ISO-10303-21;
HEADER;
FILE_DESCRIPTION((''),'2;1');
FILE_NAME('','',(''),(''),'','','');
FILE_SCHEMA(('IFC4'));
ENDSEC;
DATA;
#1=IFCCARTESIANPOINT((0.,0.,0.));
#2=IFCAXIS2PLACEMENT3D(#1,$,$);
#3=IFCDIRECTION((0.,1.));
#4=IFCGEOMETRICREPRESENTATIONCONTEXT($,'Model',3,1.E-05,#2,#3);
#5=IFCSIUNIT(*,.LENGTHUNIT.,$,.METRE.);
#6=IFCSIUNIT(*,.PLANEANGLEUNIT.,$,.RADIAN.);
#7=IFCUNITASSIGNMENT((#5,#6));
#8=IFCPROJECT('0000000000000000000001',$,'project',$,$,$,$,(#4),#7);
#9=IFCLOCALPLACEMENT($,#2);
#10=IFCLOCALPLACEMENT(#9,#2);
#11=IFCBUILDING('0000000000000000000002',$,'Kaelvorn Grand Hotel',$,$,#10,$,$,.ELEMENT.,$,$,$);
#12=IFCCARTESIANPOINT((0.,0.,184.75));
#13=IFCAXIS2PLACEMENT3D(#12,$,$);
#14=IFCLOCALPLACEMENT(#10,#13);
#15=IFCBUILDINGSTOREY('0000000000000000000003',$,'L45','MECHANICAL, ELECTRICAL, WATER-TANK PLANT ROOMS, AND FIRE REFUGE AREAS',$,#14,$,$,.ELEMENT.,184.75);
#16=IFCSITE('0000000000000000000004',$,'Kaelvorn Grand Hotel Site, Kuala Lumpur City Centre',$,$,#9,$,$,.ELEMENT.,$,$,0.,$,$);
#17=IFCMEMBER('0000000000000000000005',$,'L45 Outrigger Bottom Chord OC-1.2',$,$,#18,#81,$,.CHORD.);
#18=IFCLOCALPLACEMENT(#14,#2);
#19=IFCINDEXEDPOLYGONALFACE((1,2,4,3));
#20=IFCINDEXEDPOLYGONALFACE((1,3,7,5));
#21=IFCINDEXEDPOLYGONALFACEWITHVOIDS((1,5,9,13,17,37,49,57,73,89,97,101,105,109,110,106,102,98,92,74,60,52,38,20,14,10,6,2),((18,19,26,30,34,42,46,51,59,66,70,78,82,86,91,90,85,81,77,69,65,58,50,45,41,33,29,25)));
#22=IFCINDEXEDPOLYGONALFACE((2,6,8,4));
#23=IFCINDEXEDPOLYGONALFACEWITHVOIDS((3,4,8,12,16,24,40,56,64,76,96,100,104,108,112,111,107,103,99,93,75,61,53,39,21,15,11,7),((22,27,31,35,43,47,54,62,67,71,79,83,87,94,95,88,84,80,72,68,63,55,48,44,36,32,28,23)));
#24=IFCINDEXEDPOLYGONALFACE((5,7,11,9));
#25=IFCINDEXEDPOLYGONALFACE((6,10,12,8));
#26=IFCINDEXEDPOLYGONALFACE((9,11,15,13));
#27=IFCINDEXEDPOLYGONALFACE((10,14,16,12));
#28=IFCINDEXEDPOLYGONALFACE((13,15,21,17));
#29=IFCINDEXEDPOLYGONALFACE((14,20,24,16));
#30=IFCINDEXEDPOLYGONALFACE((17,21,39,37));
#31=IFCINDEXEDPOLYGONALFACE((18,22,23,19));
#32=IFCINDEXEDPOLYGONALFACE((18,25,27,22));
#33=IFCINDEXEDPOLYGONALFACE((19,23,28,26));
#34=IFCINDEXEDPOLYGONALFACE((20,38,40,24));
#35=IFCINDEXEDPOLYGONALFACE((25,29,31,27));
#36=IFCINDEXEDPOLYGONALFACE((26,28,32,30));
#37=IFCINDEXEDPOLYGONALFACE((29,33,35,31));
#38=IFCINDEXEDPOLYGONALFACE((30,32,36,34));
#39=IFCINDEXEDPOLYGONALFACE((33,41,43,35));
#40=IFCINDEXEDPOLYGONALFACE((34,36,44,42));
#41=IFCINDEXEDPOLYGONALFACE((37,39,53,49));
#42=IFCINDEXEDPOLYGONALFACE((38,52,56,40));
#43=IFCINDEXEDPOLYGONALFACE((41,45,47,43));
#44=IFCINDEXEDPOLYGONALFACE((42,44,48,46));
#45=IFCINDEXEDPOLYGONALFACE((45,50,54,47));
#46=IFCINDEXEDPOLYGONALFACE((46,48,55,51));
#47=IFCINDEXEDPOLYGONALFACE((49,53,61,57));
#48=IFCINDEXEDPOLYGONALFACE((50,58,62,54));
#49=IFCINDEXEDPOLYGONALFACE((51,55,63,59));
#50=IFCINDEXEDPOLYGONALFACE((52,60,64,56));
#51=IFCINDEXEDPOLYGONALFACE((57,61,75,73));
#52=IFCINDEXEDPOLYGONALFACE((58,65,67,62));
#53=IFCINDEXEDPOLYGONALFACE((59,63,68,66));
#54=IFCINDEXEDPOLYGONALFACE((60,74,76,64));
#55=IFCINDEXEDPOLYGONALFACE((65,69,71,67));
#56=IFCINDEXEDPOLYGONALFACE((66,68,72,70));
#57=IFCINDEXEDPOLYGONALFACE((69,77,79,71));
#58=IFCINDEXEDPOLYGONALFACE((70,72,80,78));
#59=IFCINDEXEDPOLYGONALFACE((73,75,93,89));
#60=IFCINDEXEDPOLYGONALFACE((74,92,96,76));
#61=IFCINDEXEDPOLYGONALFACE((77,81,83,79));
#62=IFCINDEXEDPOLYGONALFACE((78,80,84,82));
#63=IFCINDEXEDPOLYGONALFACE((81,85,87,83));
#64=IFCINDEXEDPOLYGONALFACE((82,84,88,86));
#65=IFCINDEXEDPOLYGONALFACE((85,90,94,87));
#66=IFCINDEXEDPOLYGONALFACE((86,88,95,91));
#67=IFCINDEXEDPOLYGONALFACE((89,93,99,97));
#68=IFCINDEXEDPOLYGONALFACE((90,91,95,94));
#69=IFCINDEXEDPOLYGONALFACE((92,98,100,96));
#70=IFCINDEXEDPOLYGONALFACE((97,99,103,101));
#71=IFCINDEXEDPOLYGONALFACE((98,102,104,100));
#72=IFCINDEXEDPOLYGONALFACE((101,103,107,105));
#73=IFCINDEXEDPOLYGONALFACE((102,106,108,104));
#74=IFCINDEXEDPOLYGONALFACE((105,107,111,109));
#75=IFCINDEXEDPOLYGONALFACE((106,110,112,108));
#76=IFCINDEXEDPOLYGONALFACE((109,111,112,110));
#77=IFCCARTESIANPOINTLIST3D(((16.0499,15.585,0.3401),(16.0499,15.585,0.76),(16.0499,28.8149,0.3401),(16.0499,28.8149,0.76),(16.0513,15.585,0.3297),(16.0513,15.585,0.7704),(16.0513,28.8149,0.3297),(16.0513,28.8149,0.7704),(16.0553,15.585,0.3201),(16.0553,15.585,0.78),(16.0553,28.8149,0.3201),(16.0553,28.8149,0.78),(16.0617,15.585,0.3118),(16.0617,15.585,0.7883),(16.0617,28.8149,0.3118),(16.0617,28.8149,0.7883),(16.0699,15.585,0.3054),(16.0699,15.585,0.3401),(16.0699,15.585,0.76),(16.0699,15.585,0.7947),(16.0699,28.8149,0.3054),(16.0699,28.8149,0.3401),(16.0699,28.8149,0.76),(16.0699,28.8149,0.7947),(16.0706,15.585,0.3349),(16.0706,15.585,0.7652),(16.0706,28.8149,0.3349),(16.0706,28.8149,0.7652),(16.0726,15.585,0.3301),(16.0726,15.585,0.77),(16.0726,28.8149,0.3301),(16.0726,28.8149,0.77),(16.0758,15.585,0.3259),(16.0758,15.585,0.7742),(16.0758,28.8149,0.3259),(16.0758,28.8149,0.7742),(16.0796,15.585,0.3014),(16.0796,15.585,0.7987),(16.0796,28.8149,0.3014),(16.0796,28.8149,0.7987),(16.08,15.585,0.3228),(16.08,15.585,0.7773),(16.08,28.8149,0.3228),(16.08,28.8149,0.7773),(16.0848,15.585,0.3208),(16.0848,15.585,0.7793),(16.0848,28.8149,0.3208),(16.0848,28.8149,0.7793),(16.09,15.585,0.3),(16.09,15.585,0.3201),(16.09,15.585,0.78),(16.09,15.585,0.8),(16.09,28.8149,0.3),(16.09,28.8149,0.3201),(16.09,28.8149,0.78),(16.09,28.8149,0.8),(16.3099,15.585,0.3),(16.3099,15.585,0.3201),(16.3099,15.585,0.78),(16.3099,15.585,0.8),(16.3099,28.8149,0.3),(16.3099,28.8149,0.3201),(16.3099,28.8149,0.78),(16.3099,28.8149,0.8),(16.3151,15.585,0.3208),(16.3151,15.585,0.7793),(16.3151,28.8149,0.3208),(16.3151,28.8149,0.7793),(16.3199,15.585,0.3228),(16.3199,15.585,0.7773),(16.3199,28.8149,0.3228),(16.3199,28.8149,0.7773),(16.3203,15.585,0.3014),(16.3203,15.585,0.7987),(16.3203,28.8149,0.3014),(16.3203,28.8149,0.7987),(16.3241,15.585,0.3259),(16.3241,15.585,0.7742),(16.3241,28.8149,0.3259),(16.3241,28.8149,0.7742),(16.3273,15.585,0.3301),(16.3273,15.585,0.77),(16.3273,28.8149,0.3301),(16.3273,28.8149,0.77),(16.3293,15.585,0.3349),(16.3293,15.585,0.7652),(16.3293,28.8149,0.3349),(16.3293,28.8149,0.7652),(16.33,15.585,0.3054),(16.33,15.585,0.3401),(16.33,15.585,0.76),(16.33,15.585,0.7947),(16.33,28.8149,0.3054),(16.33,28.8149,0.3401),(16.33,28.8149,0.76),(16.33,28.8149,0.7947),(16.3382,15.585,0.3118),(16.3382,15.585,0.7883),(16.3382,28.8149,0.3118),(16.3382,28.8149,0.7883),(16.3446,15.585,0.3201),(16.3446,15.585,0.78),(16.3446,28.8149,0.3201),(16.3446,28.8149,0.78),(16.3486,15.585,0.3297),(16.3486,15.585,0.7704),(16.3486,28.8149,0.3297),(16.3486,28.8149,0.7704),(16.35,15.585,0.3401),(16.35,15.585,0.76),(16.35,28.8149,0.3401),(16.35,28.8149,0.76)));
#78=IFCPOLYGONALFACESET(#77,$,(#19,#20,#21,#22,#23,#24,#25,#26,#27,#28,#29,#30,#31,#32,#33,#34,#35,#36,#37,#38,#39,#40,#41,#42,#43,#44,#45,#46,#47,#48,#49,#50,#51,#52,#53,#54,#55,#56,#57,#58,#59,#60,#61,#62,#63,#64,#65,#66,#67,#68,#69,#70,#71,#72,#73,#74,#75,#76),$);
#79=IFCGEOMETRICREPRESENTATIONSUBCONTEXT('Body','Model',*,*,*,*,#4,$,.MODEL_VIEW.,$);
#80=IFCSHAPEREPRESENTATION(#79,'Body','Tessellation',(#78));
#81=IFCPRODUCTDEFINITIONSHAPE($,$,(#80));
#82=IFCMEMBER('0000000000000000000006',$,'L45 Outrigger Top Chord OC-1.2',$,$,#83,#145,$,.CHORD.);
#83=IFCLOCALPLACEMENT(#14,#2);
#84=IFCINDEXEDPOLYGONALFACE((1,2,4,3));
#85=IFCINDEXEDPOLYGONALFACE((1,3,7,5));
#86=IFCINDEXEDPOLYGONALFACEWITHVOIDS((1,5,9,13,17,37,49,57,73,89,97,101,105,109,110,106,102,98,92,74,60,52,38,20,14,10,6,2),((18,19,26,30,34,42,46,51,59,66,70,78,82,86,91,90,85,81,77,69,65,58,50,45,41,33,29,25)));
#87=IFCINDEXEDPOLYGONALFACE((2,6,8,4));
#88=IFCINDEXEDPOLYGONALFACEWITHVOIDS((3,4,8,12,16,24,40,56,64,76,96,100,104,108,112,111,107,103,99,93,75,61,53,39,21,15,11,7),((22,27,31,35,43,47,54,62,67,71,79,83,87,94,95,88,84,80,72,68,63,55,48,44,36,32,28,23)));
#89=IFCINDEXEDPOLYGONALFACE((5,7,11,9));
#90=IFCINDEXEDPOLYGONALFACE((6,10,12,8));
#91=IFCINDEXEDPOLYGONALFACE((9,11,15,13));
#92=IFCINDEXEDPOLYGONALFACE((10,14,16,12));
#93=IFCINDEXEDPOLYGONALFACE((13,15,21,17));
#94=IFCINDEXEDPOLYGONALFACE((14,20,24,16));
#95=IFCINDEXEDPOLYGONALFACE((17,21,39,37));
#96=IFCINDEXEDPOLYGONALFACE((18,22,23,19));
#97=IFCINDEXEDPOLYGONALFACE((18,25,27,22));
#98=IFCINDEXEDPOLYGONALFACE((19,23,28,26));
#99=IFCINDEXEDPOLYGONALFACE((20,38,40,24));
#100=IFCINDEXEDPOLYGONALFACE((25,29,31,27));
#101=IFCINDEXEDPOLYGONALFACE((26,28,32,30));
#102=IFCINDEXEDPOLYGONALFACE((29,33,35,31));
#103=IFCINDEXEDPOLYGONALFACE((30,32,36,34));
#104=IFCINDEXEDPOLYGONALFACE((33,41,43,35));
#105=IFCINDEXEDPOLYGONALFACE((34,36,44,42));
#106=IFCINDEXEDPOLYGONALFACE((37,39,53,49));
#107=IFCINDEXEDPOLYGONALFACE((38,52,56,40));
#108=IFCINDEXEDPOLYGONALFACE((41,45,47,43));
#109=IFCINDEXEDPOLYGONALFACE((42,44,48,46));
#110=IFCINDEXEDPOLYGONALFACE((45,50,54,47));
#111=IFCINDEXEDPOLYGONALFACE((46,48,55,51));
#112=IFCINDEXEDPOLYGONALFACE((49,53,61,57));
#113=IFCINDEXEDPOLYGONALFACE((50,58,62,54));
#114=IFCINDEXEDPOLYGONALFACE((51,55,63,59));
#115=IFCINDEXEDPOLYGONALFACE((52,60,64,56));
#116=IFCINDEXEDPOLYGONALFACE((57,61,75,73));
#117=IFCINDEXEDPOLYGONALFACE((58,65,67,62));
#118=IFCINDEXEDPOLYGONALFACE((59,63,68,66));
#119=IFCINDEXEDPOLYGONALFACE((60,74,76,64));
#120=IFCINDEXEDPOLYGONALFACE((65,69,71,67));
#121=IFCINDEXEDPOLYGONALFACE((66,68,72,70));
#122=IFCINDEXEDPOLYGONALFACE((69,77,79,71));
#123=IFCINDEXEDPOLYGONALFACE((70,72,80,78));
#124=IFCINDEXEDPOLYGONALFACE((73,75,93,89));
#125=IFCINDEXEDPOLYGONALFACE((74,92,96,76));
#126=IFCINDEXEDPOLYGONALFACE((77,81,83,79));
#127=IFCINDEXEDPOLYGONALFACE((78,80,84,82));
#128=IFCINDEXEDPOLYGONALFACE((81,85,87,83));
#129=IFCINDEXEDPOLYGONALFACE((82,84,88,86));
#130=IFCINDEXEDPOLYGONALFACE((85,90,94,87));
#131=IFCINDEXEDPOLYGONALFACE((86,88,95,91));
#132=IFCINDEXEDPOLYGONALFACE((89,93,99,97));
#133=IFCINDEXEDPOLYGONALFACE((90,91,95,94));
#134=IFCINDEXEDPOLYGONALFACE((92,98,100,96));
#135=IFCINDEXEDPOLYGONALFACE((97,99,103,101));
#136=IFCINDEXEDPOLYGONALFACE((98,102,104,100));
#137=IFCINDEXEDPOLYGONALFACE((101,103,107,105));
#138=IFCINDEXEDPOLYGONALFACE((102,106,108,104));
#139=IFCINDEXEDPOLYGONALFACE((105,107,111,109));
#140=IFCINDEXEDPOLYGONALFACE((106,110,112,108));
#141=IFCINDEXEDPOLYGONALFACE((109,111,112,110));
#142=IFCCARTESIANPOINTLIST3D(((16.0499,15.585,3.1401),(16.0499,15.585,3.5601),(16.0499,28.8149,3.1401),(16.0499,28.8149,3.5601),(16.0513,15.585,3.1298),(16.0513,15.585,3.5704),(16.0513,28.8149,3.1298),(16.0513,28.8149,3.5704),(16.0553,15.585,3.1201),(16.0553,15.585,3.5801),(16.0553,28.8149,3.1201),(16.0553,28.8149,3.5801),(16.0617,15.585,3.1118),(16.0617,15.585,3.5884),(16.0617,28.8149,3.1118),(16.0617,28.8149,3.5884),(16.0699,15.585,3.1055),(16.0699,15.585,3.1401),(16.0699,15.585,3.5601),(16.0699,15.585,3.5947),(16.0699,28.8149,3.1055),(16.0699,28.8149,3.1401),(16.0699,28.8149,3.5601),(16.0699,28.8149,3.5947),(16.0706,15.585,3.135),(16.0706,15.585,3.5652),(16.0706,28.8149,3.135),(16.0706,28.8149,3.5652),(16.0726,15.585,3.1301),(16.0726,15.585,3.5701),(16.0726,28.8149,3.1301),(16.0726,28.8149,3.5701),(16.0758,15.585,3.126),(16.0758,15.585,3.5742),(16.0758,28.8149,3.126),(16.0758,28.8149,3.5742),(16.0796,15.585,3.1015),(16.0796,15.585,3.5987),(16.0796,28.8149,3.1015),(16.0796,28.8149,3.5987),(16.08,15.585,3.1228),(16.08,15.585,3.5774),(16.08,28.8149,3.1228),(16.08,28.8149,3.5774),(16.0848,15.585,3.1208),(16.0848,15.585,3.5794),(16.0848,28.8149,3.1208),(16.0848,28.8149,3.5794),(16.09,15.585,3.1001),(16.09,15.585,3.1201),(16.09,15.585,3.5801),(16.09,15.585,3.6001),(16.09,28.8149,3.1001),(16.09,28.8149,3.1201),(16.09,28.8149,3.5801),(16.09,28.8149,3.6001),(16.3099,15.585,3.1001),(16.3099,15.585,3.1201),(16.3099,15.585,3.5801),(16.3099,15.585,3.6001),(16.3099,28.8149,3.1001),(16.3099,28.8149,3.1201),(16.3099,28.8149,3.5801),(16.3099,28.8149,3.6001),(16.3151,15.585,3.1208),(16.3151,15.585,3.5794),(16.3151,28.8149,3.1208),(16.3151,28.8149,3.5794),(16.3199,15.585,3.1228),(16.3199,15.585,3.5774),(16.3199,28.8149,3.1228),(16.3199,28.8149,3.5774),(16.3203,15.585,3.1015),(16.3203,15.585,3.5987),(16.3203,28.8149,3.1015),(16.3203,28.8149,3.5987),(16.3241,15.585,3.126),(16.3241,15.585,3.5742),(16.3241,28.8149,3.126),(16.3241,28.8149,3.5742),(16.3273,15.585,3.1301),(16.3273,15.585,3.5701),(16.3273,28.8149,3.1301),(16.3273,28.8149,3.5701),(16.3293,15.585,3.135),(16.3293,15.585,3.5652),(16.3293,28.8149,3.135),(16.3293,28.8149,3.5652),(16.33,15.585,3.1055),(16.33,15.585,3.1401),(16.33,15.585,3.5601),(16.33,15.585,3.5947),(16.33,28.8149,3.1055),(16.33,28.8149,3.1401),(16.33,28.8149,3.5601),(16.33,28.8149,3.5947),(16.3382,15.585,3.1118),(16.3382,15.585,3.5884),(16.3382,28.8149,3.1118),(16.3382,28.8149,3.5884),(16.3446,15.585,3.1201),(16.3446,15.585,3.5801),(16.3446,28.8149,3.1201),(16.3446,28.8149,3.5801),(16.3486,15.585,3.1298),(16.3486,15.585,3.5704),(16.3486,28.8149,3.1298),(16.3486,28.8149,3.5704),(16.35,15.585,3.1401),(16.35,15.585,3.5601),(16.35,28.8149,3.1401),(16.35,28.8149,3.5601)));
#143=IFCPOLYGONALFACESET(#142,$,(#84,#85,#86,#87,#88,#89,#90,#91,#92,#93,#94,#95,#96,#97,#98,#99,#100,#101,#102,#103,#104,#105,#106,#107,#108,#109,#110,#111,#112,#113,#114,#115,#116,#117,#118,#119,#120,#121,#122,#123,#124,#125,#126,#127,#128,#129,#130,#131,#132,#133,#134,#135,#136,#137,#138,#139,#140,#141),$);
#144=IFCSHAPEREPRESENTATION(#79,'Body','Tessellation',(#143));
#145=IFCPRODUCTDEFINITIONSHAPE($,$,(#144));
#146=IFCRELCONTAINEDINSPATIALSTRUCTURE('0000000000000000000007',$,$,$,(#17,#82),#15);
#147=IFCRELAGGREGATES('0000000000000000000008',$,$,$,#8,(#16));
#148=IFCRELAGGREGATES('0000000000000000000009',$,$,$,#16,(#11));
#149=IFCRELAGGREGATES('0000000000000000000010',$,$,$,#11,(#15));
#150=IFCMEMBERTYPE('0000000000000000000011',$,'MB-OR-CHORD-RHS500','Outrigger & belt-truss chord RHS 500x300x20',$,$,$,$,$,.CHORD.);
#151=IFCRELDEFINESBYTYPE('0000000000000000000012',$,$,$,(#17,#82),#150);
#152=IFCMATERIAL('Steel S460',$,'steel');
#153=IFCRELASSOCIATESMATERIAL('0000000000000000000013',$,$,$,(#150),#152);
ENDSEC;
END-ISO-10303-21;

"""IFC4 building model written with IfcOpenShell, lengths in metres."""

from ifc_helpers import new_model, si_unit, direction, frame, origin, origin_2d, place, context, subcontext, project, spatial, hollow_rectangle, extrude, material, material_profile, profile_set, type_object, element, save


model = new_model("IFC4")

# Units and contexts
model_context = context("Model", 3, precision=1e-05, world=origin(), true_north=direction((0.0, 1.0)))
body_context = subcontext(model_context, "Body", "Model", "MODEL_VIEW")
ifc_project = project(units=[si_unit("LENGTHUNIT", "METRE"), si_unit("PLANEANGLEUNIT", "RADIAN")], contexts=[model_context])

# Site, building, storey
site_placement = place(None, origin())
site = spatial("IfcSite", under=ifc_project, at=site_placement, Name="Kaelvorn Grand Hotel Site, Kuala Lumpur City Centre", CompositionType="ELEMENT", RefElevation=0.0)
building_placement = place(site_placement, origin())
building = spatial("IfcBuilding", under=site, at=building_placement, Name="Kaelvorn Grand Hotel", CompositionType="ELEMENT")
storey_placement = place(building_placement, frame((0.0, 0.0, 184.75)))
storey = spatial("IfcBuildingStorey", under=building, at=storey_placement, Name="L45", Description="MECHANICAL, ELECTRICAL, WATER-TANK PLANT ROOMS, AND FIRE REFUGE AREAS", CompositionType="ELEMENT", Elevation=184.75)

# Shared definitions
ifc_material_1 = material(Name="Steel S460", Category="steel")

# Members
ifc_material_profile_1 = material_profile(ifc_material_1, hollow_rectangle(XDim=0.3, YDim=0.5, WallThickness=0.02, InnerFilletRadius=0.02, OuterFilletRadius=0.04, at=origin_2d()), Name="RHS 500x300x20.0")
ifc_profile_set_1 = profile_set([ifc_material_profile_1], Name="Steel S460")
member_type_1 = type_object("IfcMemberType", Name="MB-OR-CHORD-RHS500", Description="Outrigger & belt-truss chord RHS 500x300x20", PredefinedType="CHORD", material=ifc_profile_set_1)
for number, where, z_axis, x_axis, name in (
    (1, (16.2, 15.585, 0.55), (0.0, 1.0, 0.0), (-1.0, 0.0, 0.0), "L45 Outrigger Bottom Chord OC-1.2"),
    (2, (16.2, 15.585, 3.3501), (0.0, 1.0, 0.0), (-1.0, 0.0, 0.0), "L45 Outrigger Top Chord OC-1.2"),
):
    element("IfcMember", number, at=place(storey_placement, frame(where, z_axis=z_axis, x_axis=x_axis)), inside=storey, type_object=member_type_1, Name=name, PredefinedType="CHORD", context=body_context, shape_type="SweptSolid", body=[
        extrude(hollow_rectangle(XDim=0.3, YDim=0.5, WallThickness=0.02, InnerFilletRadius=0.02, OuterFilletRadius=0.04, at=origin_2d()), origin(), (0.0, 0.0, 1.0), 13.23),
    ])

save(model, "model.ifc")
